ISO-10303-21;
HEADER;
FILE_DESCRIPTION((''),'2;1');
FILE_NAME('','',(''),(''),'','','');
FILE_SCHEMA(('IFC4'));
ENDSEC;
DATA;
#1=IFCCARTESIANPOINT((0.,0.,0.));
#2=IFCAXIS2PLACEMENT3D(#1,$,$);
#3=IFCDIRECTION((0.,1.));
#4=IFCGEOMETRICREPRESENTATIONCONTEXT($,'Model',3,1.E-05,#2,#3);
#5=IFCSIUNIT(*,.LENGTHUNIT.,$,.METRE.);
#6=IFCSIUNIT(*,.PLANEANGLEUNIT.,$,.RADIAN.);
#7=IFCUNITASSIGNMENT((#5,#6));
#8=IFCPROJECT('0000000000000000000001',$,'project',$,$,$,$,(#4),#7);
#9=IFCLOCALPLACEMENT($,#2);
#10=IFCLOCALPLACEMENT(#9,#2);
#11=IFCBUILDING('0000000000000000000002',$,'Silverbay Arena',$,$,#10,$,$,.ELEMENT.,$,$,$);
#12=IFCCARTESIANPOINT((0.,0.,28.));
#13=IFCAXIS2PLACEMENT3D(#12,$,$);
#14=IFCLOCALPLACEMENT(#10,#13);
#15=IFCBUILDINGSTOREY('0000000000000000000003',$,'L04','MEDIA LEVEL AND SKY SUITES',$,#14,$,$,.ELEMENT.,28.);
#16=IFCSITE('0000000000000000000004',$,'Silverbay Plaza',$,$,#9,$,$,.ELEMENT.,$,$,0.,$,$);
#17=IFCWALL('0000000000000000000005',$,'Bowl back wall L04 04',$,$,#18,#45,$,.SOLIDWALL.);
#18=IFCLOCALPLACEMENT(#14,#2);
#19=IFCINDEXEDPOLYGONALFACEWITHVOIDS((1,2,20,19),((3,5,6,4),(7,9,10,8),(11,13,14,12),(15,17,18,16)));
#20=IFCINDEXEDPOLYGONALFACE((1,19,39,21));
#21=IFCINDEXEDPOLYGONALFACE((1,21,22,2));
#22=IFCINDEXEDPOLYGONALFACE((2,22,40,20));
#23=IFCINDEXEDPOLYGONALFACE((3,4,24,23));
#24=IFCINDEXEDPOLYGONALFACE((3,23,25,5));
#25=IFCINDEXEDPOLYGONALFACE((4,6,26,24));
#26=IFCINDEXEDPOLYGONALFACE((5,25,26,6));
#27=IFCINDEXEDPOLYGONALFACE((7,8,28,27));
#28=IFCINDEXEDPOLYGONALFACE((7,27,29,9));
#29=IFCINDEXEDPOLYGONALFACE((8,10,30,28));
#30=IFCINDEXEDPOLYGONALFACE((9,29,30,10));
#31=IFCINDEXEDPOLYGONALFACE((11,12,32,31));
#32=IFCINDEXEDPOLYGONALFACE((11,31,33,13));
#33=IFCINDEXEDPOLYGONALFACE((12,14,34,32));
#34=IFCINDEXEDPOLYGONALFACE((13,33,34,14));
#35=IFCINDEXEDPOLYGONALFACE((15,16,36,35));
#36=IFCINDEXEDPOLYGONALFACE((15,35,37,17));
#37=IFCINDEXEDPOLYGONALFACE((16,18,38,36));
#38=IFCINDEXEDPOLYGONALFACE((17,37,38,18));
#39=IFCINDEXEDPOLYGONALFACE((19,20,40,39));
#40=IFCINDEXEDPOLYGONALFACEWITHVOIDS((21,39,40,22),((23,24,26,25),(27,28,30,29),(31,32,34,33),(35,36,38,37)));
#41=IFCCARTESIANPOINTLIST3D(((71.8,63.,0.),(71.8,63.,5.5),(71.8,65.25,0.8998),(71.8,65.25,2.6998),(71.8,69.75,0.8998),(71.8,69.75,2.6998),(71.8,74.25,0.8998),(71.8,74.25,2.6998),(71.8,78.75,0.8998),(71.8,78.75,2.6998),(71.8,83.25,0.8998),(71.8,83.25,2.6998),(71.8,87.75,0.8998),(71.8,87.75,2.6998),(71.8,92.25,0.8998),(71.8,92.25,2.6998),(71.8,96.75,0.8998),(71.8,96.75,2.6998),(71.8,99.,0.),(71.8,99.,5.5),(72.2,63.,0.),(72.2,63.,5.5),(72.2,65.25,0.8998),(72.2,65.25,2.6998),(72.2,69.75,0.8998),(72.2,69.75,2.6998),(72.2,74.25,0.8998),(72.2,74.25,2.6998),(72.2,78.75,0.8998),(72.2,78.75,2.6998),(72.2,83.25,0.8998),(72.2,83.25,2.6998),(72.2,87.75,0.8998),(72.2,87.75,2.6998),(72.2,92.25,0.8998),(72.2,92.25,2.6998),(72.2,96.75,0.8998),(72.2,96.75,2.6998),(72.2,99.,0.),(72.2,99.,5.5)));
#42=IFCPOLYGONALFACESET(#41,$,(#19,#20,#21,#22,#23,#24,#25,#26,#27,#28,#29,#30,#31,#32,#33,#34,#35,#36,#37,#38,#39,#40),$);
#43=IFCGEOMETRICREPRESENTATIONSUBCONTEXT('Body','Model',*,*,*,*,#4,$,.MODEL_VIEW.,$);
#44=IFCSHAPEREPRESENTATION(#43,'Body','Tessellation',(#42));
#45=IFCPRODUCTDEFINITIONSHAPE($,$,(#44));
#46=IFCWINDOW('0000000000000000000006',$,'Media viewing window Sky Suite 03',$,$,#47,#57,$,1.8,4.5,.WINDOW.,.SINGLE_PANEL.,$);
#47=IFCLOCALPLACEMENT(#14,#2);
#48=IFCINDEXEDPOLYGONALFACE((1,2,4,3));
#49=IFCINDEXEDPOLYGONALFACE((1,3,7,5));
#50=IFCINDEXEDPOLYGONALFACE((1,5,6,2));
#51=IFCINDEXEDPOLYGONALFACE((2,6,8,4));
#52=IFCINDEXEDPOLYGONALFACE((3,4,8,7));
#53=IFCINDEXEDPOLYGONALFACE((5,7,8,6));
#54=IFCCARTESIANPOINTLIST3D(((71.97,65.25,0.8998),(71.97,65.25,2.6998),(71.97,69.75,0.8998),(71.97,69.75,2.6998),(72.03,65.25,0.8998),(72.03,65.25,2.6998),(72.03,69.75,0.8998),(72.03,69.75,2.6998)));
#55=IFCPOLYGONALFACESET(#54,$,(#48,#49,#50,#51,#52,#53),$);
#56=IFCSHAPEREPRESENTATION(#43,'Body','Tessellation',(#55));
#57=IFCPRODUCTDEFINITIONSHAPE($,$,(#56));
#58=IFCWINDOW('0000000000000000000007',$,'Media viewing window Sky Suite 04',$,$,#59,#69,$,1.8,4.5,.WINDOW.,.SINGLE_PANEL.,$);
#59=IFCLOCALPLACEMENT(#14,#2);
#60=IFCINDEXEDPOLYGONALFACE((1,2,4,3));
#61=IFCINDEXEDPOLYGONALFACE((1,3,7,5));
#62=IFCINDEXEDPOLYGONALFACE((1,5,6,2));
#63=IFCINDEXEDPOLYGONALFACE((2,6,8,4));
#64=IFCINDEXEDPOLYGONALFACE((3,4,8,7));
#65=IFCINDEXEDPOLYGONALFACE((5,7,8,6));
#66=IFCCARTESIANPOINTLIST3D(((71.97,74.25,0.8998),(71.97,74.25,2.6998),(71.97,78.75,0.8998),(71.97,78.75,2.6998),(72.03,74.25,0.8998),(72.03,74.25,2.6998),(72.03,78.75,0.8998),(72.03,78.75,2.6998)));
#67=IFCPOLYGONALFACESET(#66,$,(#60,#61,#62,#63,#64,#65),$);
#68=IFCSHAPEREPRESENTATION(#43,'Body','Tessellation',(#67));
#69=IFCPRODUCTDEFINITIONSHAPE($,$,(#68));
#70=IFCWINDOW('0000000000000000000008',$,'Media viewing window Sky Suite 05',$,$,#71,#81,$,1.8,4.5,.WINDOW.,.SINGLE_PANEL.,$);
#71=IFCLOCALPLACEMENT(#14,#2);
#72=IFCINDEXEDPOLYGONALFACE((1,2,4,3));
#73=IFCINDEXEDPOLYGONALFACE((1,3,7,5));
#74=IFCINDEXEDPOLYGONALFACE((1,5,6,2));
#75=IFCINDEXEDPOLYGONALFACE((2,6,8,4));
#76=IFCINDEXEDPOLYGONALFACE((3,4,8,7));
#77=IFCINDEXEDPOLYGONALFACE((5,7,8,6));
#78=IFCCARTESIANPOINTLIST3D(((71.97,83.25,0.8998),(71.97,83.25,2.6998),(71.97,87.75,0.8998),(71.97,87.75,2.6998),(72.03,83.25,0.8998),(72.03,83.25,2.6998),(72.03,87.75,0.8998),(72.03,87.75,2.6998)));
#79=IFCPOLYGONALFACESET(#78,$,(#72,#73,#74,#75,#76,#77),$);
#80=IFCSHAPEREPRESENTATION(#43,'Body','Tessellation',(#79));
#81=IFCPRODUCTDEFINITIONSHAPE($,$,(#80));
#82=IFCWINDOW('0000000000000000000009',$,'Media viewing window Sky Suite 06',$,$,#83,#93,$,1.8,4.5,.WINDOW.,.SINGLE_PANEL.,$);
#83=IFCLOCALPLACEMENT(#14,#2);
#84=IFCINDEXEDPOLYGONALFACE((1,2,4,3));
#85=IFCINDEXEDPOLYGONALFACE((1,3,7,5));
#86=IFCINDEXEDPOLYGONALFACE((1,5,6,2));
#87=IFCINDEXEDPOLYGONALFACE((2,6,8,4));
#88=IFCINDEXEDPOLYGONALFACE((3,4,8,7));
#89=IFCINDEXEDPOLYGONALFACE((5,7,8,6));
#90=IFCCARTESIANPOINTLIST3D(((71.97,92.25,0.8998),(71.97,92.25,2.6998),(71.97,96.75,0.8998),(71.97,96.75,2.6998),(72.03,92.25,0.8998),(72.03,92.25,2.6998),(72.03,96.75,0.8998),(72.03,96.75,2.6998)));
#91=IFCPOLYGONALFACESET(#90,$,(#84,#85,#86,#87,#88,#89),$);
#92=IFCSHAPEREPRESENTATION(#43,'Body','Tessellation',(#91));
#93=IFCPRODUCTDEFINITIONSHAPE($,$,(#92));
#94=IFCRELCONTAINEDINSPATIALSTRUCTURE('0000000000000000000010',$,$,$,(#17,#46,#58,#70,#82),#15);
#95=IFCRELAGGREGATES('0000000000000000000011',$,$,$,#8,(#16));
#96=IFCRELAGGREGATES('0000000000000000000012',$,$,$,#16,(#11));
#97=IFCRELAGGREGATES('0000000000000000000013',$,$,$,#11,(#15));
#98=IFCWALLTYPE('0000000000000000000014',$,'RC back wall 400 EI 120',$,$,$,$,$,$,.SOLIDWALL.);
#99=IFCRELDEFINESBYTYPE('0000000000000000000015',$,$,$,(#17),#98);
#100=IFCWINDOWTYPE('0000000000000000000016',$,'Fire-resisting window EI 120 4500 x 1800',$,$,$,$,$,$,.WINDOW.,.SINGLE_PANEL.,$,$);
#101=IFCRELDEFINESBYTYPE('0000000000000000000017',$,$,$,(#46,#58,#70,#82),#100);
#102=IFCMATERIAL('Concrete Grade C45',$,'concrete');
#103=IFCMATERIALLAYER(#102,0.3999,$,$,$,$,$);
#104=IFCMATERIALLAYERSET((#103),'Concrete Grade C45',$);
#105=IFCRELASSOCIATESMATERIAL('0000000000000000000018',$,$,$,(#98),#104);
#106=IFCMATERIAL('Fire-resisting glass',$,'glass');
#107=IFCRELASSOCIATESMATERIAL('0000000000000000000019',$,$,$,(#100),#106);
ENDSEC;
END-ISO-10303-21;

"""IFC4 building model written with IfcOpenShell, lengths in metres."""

from ifc_helpers import new_model, si_unit, direction, frame, frame_2d, origin, place, context, subcontext, project, spatial, rectangle, extrude, material, layer, layer_set, type_object, element, fill, save


model = new_model("IFC4")

# Units and contexts
model_context = context("Model", 3, precision=1e-05, world=origin(), true_north=direction((0.0, 1.0)))
body_context = subcontext(model_context, "Body", "Model", "MODEL_VIEW")
ifc_project = project(units=[si_unit("LENGTHUNIT", "METRE"), si_unit("PLANEANGLEUNIT", "RADIAN")], contexts=[model_context])

# Site, building, storey
site_placement = place(None, origin())
site = spatial("IfcSite", under=ifc_project, at=site_placement, Name="Silverbay Plaza", CompositionType="ELEMENT", RefElevation=0.0)
building_placement = place(site_placement, origin())
building = spatial("IfcBuilding", under=site, at=building_placement, Name="Silverbay Arena", CompositionType="ELEMENT")
storey_placement = place(building_placement, frame((0.0, 0.0, 28.0)))
storey = spatial("IfcBuildingStorey", under=building, at=storey_placement, Name="L04", Description="MEDIA LEVEL AND SKY SUITES", CompositionType="ELEMENT", Elevation=28.0)

# Wall, openings, windows
ifc_material_1 = material(Name="Concrete Grade C45", Category="concrete")
ifc_layer_1 = layer(ifc_material_1, 0.3999)
ifc_layer_set_1 = layer_set([ifc_layer_1], Name="Concrete Grade C45")
wall_type_1 = type_object("IfcWallType", Name="RC back wall 400 EI 120", PredefinedType="SOLIDWALL", material=ifc_layer_set_1)
wall_1_placement = place(storey_placement, frame((72.0, 99.0, 0.0), z_axis=(0.0, 0.0, 1.0), x_axis=(0.0, -1.0, 0.0)))
wall_1 = element("IfcWall", 1, at=wall_1_placement, inside=storey, type_object=wall_type_1, Name="Bowl back wall L04 04", PredefinedType="SOLIDWALL", context=body_context, shape_type="SweptSolid", body=[
    extrude(rectangle(XDim=36.0, YDim=0.3999, at=frame_2d((18.0, 0.0))), origin(), (0.0, 0.0, 1.0), 5.5),
])
opening_1_placement = place(wall_1_placement, frame((29.25, 0.0, 0.8999)))
opening_1 = element("IfcOpeningElement", 2, at=opening_1_placement, cuts=wall_1, PredefinedType="OPENING", context=body_context, shape_type="SweptSolid", body=[
    extrude(rectangle(XDim=4.5, YDim=1.8, at=frame_2d((2.25, 0.8999))), frame((0.0, 0.21, 0.0), z_axis=(0.0, -1.0, 0.0), x_axis=(1.0, 0.0, 0.0)), (0.0, 0.0, 1.0), 0.4199),
])
opening_2_placement = place(wall_1_placement, frame((20.25, 0.0, 0.8999)))
opening_2 = element("IfcOpeningElement", 3, at=opening_2_placement, cuts=wall_1, PredefinedType="OPENING", context=body_context, shape_type="SweptSolid", body=[
    extrude(rectangle(XDim=4.5, YDim=1.8, at=frame_2d((2.25, 0.8999))), frame((0.0, 0.21, 0.0), z_axis=(0.0, -1.0, 0.0), x_axis=(1.0, 0.0, 0.0)), (0.0, 0.0, 1.0), 0.4199),
])
opening_3_placement = place(wall_1_placement, frame((11.25, 0.0, 0.8999)))
opening_3 = element("IfcOpeningElement", 4, at=opening_3_placement, cuts=wall_1, PredefinedType="OPENING", context=body_context, shape_type="SweptSolid", body=[
    extrude(rectangle(XDim=4.5, YDim=1.8, at=frame_2d((2.25, 0.8999))), frame((0.0, 0.21, 0.0), z_axis=(0.0, -1.0, 0.0), x_axis=(1.0, 0.0, 0.0)), (0.0, 0.0, 1.0), 0.4199),
])
opening_4_placement = place(wall_1_placement, frame((2.25, 0.0, 0.8999)))
opening_4 = element("IfcOpeningElement", 5, at=opening_4_placement, cuts=wall_1, PredefinedType="OPENING", context=body_context, shape_type="SweptSolid", body=[
    extrude(rectangle(XDim=4.5, YDim=1.8, at=frame_2d((2.25, 0.8999))), frame((0.0, 0.21, 0.0), z_axis=(0.0, -1.0, 0.0), x_axis=(1.0, 0.0, 0.0)), (0.0, 0.0, 1.0), 0.4199),
])
ifc_material_2 = material(Name="Fire-resisting glass", Category="glass")
window_type = type_object("IfcWindowType", Name="Fire-resisting window EI 120 4500 x 1800", PartitioningType="SINGLE_PANEL", PredefinedType="WINDOW", material=ifc_material_2)
window_1_placement = place(opening_1_placement, origin())
window_1 = element("IfcWindow", 6, at=window_1_placement, inside=storey, type_object=window_type, Name="Media viewing window Sky Suite 03", OverallHeight=1.8, OverallWidth=4.5, PartitioningType="SINGLE_PANEL", PredefinedType="WINDOW", context=body_context, shape_type="SweptSolid", body=[
    extrude(rectangle(XDim=4.5, YDim=1.8, at=frame_2d((2.25, 0.8999))), frame((0.0, 0.03, 0.0), z_axis=(0.0, -1.0, 0.0), x_axis=(1.0, 0.0, 0.0)), (0.0, 0.0, 1.0), 0.0601),
])
fill(opening_1, window_1)
window_2_placement = place(opening_2_placement, origin())
window_2 = element("IfcWindow", 7, at=window_2_placement, inside=storey, type_object=window_type, Name="Media viewing window Sky Suite 04", OverallHeight=1.8, OverallWidth=4.5, PartitioningType="SINGLE_PANEL", PredefinedType="WINDOW", context=body_context, shape_type="SweptSolid", body=[
    extrude(rectangle(XDim=4.5, YDim=1.8, at=frame_2d((2.25, 0.8999))), frame((0.0, 0.03, 0.0), z_axis=(0.0, -1.0, 0.0), x_axis=(1.0, 0.0, 0.0)), (0.0, 0.0, 1.0), 0.0601),
])
fill(opening_2, window_2)
window_3_placement = place(opening_3_placement, origin())
window_3 = element("IfcWindow", 8, at=window_3_placement, inside=storey, type_object=window_type, Name="Media viewing window Sky Suite 05", OverallHeight=1.8, OverallWidth=4.5, PartitioningType="SINGLE_PANEL", PredefinedType="WINDOW", context=body_context, shape_type="SweptSolid", body=[
    extrude(rectangle(XDim=4.5, YDim=1.8, at=frame_2d((2.25, 0.8999))), frame((0.0, 0.03, 0.0), z_axis=(0.0, -1.0, 0.0), x_axis=(1.0, 0.0, 0.0)), (0.0, 0.0, 1.0), 0.0601),
])
fill(opening_3, window_3)
window_4_placement = place(opening_4_placement, origin())
window_4 = element("IfcWindow", 9, at=window_4_placement, inside=storey, type_object=window_type, Name="Media viewing window Sky Suite 06", OverallHeight=1.8, OverallWidth=4.5, PartitioningType="SINGLE_PANEL", PredefinedType="WINDOW", context=body_context, shape_type="SweptSolid", body=[
    extrude(rectangle(XDim=4.5, YDim=1.8, at=frame_2d((2.25, 0.8999))), frame((0.0, 0.03, 0.0), z_axis=(0.0, -1.0, 0.0), x_axis=(1.0, 0.0, 0.0)), (0.0, 0.0, 1.0), 0.0601),
])
fill(opening_4, window_4)

save(model, "model.ifc")
